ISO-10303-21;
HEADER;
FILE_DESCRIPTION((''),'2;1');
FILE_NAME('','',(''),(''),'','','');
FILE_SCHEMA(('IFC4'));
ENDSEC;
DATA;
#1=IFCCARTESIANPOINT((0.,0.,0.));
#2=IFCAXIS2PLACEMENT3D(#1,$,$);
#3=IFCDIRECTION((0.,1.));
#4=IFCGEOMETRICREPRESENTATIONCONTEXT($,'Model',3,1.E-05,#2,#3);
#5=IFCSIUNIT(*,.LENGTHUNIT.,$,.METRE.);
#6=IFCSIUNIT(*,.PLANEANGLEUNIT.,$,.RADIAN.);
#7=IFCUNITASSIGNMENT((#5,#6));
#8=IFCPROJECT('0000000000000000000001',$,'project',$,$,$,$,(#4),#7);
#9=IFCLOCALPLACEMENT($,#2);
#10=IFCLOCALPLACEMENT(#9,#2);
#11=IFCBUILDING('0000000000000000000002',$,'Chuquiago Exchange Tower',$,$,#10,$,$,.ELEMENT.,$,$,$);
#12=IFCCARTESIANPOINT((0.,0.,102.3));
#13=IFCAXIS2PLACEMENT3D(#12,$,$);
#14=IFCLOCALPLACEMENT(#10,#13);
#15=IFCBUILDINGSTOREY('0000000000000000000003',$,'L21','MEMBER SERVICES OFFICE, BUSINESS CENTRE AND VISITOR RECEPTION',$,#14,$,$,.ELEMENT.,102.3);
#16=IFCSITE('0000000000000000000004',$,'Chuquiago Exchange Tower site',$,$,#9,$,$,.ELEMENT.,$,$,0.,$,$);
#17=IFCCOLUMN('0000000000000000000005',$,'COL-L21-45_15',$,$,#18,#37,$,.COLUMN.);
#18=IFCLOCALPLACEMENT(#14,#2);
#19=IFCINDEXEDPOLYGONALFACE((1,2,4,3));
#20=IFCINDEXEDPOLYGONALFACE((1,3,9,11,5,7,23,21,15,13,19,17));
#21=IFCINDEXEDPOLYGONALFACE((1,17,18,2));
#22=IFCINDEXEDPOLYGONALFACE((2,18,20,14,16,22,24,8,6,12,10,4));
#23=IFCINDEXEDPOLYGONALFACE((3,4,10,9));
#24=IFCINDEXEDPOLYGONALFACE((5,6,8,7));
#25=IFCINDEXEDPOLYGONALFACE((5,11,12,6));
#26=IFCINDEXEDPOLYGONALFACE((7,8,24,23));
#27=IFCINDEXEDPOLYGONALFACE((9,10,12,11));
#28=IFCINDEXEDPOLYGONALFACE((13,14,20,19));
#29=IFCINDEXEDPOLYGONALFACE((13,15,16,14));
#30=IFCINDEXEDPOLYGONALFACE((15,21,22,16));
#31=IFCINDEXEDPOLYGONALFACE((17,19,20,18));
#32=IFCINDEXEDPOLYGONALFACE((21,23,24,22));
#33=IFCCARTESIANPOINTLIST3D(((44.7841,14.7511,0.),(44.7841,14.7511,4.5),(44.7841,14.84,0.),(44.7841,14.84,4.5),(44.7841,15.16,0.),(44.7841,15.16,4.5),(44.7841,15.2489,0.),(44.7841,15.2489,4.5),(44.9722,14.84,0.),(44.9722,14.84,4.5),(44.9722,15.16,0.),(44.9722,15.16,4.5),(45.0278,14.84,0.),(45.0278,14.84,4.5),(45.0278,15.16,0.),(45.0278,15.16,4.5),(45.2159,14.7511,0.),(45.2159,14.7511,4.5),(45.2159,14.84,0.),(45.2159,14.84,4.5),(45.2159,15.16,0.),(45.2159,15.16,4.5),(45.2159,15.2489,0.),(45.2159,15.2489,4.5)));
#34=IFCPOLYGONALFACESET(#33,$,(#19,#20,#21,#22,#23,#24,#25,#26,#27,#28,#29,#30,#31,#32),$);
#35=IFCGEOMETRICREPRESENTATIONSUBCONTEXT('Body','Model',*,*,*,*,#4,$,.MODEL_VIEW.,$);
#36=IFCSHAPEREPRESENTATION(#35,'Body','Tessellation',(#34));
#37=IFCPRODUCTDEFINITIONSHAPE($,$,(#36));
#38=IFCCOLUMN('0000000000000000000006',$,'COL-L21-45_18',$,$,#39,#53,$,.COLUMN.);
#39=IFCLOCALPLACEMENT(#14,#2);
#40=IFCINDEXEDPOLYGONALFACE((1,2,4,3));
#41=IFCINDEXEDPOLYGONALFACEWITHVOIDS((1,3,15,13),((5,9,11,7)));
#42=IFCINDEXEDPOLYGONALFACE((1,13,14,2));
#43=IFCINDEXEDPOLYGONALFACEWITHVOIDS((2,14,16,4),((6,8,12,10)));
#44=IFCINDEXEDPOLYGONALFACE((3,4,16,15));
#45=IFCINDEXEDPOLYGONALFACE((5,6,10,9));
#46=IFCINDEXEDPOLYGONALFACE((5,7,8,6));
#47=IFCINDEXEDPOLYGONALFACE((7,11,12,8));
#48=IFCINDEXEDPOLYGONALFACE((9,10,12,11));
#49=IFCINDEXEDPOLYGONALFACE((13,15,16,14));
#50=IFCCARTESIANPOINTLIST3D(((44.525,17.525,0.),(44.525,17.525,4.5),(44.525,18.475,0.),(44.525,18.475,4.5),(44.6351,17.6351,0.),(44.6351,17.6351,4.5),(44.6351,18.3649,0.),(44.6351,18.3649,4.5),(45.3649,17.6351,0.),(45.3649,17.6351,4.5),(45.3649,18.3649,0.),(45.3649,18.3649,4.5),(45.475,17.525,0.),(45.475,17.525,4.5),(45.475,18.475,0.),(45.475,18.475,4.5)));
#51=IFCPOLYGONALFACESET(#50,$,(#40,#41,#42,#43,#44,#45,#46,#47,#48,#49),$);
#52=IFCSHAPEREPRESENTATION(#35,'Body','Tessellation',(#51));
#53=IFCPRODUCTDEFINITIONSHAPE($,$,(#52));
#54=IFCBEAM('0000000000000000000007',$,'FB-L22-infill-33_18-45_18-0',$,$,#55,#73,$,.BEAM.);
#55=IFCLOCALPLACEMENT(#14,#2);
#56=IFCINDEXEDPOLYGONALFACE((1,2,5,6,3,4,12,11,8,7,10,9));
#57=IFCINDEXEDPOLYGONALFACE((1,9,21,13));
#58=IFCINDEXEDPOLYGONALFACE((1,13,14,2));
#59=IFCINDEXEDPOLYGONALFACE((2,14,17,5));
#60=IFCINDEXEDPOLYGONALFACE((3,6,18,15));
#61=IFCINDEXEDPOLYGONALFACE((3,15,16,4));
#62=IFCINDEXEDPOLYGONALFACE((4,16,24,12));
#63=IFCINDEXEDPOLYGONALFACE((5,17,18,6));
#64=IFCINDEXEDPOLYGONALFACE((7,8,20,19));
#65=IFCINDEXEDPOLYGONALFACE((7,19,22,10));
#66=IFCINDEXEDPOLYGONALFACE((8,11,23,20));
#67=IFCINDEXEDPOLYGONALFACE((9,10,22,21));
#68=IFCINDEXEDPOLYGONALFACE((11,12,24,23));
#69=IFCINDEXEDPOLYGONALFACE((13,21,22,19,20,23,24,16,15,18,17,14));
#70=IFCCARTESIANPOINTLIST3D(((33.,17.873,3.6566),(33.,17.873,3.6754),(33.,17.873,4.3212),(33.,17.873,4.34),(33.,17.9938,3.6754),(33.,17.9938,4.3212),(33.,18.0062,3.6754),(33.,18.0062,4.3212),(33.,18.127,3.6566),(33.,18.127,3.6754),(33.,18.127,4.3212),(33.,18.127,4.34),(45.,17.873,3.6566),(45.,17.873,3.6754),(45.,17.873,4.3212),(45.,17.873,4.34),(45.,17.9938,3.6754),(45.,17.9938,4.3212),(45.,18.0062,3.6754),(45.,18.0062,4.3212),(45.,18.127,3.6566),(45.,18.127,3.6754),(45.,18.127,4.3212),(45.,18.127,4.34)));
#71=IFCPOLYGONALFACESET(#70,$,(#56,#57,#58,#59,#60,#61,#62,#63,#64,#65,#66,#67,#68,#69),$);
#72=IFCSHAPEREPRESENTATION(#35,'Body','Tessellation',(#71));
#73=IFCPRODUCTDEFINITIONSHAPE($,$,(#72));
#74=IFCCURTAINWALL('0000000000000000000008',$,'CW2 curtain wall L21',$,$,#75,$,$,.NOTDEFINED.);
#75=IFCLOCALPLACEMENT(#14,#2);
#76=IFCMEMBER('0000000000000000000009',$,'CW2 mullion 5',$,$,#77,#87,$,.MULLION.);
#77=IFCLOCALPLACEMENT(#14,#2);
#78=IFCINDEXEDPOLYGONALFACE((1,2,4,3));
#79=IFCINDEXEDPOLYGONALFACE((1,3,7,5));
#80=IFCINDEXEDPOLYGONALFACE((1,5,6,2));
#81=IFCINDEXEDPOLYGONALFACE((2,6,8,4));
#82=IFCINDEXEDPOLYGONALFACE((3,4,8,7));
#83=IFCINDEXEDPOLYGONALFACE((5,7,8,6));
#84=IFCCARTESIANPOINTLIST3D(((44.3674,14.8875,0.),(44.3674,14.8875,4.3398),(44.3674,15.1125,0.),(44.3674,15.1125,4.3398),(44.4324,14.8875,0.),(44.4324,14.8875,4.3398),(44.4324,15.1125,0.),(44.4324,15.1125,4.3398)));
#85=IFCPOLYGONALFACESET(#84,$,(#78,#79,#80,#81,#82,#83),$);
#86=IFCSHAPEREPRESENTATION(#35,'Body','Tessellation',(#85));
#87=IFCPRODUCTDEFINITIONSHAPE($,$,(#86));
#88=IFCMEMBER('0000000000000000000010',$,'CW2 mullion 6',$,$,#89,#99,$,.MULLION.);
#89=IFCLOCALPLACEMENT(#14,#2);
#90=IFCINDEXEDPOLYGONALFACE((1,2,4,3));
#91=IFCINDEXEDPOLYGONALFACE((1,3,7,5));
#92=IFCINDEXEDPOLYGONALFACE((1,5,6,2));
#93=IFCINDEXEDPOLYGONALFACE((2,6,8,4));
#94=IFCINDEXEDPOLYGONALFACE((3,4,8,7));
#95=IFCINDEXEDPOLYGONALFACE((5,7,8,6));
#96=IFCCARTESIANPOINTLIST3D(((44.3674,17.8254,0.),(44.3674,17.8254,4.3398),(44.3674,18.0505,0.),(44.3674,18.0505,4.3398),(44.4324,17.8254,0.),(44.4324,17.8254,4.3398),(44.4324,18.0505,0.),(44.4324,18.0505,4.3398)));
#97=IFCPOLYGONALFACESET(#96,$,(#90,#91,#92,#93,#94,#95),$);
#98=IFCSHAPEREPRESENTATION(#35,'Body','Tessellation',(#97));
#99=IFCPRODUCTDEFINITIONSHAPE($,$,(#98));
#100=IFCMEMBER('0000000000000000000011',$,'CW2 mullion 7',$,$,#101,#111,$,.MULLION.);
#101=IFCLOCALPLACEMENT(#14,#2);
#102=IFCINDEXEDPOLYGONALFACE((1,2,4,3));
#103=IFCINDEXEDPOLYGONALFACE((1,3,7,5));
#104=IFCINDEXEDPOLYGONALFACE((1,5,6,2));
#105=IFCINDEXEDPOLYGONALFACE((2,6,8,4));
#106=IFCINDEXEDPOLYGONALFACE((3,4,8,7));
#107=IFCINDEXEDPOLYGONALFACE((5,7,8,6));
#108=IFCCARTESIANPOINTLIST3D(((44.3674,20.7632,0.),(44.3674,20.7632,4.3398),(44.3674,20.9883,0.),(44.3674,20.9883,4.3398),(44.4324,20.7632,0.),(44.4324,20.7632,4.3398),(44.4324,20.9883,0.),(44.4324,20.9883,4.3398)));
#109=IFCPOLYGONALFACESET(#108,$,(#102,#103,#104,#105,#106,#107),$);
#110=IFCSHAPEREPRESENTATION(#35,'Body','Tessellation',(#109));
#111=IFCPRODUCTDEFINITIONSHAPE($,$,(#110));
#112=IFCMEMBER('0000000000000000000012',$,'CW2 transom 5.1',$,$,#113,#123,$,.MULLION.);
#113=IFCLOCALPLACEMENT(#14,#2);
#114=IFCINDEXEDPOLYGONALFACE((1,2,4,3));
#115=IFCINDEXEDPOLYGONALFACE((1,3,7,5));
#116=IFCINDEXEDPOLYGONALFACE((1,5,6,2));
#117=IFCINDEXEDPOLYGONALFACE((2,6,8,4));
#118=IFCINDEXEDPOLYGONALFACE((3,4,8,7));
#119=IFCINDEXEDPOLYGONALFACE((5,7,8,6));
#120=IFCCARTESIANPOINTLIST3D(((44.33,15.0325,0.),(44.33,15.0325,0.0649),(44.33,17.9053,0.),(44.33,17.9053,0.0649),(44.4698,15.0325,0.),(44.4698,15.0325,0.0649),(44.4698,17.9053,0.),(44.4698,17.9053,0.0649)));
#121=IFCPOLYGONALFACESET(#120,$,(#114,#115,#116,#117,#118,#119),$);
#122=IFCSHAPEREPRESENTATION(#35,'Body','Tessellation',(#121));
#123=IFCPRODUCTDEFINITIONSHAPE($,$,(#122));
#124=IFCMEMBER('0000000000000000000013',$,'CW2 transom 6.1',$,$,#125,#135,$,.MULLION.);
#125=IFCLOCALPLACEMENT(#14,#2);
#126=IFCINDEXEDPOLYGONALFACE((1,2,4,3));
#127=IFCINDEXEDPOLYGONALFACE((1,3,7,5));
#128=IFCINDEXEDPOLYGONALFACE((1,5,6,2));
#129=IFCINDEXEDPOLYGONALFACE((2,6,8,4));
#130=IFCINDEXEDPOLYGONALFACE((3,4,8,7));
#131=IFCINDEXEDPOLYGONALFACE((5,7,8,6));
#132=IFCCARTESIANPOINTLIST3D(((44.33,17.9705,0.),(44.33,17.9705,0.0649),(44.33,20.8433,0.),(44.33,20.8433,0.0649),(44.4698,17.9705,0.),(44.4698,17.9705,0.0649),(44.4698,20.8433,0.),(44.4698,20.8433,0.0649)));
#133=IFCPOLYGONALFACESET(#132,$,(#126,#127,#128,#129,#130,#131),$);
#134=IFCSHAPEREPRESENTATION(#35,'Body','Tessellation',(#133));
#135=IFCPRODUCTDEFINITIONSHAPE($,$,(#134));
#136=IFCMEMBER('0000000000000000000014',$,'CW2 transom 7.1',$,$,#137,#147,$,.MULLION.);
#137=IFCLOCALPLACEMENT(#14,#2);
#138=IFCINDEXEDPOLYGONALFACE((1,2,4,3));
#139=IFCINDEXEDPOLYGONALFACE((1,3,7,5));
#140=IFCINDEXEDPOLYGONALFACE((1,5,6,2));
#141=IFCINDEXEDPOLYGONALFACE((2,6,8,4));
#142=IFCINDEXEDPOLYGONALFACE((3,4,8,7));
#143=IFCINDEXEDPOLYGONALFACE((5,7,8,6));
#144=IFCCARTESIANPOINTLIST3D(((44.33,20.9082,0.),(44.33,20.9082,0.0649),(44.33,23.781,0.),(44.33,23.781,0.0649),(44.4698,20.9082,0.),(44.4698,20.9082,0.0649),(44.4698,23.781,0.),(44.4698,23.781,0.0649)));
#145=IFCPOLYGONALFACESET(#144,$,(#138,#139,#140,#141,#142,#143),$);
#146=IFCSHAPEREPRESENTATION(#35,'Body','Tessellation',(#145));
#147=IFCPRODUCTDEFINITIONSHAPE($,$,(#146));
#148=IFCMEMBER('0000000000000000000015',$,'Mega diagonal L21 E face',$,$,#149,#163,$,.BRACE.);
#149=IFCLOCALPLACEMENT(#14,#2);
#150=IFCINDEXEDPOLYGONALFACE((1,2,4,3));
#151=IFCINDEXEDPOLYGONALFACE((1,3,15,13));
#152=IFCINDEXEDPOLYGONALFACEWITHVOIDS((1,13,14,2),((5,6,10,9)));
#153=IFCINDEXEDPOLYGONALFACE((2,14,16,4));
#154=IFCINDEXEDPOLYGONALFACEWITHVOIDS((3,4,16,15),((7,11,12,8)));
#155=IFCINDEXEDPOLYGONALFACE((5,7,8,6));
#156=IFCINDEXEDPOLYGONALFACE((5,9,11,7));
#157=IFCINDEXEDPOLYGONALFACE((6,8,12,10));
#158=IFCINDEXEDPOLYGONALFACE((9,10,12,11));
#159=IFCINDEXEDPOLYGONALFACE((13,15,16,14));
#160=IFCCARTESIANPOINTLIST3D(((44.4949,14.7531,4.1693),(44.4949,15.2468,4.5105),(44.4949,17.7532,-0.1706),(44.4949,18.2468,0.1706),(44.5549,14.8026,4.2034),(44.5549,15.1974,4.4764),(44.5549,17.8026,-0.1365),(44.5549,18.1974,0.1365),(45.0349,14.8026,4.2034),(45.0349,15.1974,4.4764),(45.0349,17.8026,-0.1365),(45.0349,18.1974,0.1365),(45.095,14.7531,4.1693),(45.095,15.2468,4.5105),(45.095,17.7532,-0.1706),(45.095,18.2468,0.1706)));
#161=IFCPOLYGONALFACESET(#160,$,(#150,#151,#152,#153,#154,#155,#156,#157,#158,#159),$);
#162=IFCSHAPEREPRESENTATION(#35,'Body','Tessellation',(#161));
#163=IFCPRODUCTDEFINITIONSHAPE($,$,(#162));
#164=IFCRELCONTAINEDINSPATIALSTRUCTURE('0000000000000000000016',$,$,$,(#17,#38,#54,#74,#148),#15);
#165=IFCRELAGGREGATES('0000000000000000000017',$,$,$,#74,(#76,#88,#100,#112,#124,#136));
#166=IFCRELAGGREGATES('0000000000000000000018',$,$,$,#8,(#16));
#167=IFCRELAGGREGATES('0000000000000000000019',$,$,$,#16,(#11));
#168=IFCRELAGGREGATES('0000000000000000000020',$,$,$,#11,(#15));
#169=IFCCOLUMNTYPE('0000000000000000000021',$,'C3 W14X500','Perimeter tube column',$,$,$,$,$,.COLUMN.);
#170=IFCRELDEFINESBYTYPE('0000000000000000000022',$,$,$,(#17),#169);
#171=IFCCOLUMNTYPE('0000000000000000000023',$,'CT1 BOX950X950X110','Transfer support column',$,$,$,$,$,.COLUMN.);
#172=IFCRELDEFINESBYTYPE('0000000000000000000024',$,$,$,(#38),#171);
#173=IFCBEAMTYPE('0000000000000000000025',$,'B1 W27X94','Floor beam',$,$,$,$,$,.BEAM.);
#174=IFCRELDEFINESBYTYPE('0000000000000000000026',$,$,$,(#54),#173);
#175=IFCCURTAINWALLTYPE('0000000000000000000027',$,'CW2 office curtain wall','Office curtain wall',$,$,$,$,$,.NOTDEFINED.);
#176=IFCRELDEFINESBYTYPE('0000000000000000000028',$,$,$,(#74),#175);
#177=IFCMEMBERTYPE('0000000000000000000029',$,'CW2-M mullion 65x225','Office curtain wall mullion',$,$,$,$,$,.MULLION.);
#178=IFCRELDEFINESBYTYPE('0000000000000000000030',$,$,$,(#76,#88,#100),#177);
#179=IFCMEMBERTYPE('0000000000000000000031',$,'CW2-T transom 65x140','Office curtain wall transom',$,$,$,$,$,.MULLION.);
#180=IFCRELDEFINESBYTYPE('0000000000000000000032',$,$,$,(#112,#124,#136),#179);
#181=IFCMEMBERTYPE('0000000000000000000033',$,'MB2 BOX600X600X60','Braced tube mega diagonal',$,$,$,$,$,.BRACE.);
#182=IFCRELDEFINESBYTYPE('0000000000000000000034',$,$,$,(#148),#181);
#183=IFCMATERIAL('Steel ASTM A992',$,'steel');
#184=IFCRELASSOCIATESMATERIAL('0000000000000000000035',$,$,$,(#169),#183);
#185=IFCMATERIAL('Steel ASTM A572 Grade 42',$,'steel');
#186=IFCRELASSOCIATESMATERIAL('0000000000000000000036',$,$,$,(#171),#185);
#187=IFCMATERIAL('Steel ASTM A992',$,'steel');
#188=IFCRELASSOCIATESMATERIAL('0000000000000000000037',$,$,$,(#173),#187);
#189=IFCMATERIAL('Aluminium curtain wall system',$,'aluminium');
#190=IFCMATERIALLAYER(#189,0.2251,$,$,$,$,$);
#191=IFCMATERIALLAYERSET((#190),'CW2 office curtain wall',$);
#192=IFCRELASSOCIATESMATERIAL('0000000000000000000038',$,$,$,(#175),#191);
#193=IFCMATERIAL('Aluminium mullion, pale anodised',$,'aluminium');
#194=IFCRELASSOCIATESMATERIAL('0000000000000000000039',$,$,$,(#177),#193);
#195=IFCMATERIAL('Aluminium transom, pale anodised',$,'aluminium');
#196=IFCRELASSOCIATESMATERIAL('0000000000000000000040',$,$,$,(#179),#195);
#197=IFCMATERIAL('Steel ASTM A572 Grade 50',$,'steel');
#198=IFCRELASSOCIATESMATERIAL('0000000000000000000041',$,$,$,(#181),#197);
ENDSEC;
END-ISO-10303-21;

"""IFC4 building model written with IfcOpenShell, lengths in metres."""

from ifc_helpers import new_model, si_unit, direction, frame, origin, origin_2d, place, context, subcontext, project, spatial, rectangle, hollow_rectangle, i_section, extrude, material, layer, layer_set, material_profile, profile_set, type_object, element, aggregate, save


model = new_model("IFC4")

# Units and contexts
model_context = context("Model", 3, precision=1e-05, world=origin(), true_north=direction((0.0, 1.0)))
body_context = subcontext(model_context, "Body", "Model", "MODEL_VIEW")
ifc_project = project(units=[si_unit("LENGTHUNIT", "METRE"), si_unit("PLANEANGLEUNIT", "RADIAN")], contexts=[model_context])

# Site, building, storey
site_placement = place(None, origin())
site = spatial("IfcSite", under=ifc_project, at=site_placement, Name="Chuquiago Exchange Tower site", CompositionType="ELEMENT", RefElevation=0.0)
building_placement = place(site_placement, origin())
building = spatial("IfcBuilding", under=site, at=building_placement, Name="Chuquiago Exchange Tower", CompositionType="ELEMENT")
storey_placement = place(building_placement, frame((0.0, 0.0, 102.3)))
storey = spatial("IfcBuildingStorey", under=building, at=storey_placement, Name="L21", Description="MEMBER SERVICES OFFICE, BUSINESS CENTRE AND VISITOR RECEPTION", CompositionType="ELEMENT", Elevation=102.3)

# Columns
ifc_material_1 = material(Name="Steel ASTM A992", Category="steel")
ifc_material_profile_1 = material_profile(ifc_material_1, i_section(OverallWidth=0.4319, OverallDepth=0.4978, WebThickness=0.0557, FlangeThickness=0.0889, at=origin_2d()), Name="W14X500")
ifc_profile_set_1 = profile_set([ifc_material_profile_1], Name="Steel ASTM A992")
column_type_1 = type_object("IfcColumnType", Name="C3 W14X500", Description="Perimeter tube column", PredefinedType="COLUMN", material=ifc_profile_set_1)
column_1_placement = place(storey_placement, frame((45.0, 15.0, 0.0), z_axis=(0.0, 0.0, 1.0), x_axis=(1.0, 0.0, 0.0)))
element("IfcColumn", 1, at=column_1_placement, inside=storey, type_object=column_type_1, Name="COL-L21-45_15", PredefinedType="COLUMN", context=body_context, shape_type="SweptSolid", body=[
    extrude(i_section(OverallWidth=0.4319, OverallDepth=0.4978, WebThickness=0.0557, FlangeThickness=0.0889, at=origin_2d()), origin(), (0.0, 0.0, 1.0), 4.5),
])
ifc_material_2 = material(Name="Steel ASTM A572 Grade 42", Category="steel")
ifc_material_profile_2 = material_profile(ifc_material_2, hollow_rectangle(XDim=0.95, YDim=0.95, WallThickness=0.1101, at=origin_2d()), Name="BOX950X950X110")
ifc_profile_set_2 = profile_set([ifc_material_profile_2], Name="Steel ASTM A572 Grade 42")
column_type_2 = type_object("IfcColumnType", Name="CT1 BOX950X950X110", Description="Transfer support column", PredefinedType="COLUMN", material=ifc_profile_set_2)
column_2_placement = place(storey_placement, frame((45.0, 18.0, 0.0), z_axis=(0.0, 0.0, 1.0), x_axis=(1.0, 0.0, 0.0)))
element("IfcColumn", 2, at=column_2_placement, inside=storey, type_object=column_type_2, Name="COL-L21-45_18", PredefinedType="COLUMN", context=body_context, shape_type="SweptSolid", body=[
    extrude(hollow_rectangle(XDim=0.95, YDim=0.95, WallThickness=0.1101, at=origin_2d()), origin(), (0.0, 0.0, 1.0), 4.5),
])

# Beam
ifc_material_3 = material(Name="Steel ASTM A992", Category="steel")
ifc_material_profile_3 = material_profile(ifc_material_3, i_section(OverallWidth=0.2539, OverallDepth=0.6833, WebThickness=0.0125, FlangeThickness=0.0188, at=origin_2d()), Name="W27X94")
ifc_profile_set_3 = profile_set([ifc_material_profile_3], Name="Steel ASTM A992")
beam_type_1 = type_object("IfcBeamType", Name="B1 W27X94", Description="Floor beam", PredefinedType="BEAM", material=ifc_profile_set_3)
beam_placement = place(storey_placement, frame((33.0, 18.0, 3.9983), z_axis=(1.0, 0.0, 0.0), x_axis=(0.0, 1.0, 0.0)))
element("IfcBeam", 3, at=beam_placement, inside=storey, type_object=beam_type_1, Name="FB-L22-infill-33_18-45_18-0", PredefinedType="BEAM", context=body_context, shape_type="SweptSolid", body=[
    extrude(i_section(OverallWidth=0.2539, OverallDepth=0.6833, WebThickness=0.0125, FlangeThickness=0.0188, at=origin_2d()), origin(), (0.0, 0.0, 1.0), 12.0),
])

# Curtain wall, members
ifc_material_4 = material(Name="Aluminium curtain wall system", Category="aluminium")
ifc_layer_1 = layer(ifc_material_4, 0.2251)
ifc_layer_set_1 = layer_set([ifc_layer_1], Name="CW2 office curtain wall")
curtain_wall_type = type_object("IfcCurtainWallType", Name="CW2 office curtain wall", Description="Office curtain wall", PredefinedType="NOTDEFINED", material=ifc_layer_set_1)
curtain_wall_placement = place(storey_placement, origin())
curtain_wall = element("IfcCurtainWall", 4, at=curtain_wall_placement, inside=storey, type_object=curtain_wall_type, Name="CW2 curtain wall L21", PredefinedType="NOTDEFINED")
ifc_material_5 = material(Name="Aluminium mullion, pale anodised", Category="aluminium")
ifc_material_profile_4 = material_profile(ifc_material_5, rectangle(XDim=0.0649, YDim=0.2251, at=origin_2d()), Name="AL 65x225")
ifc_profile_set_4 = profile_set([ifc_material_profile_4], Name="Aluminium mullion, pale anodised")
member_type_1 = type_object("IfcMemberType", Name="CW2-M mullion 65x225", Description="Office curtain wall mullion", PredefinedType="MULLION", material=ifc_profile_set_4)
member_1_placement = place(storey_placement, frame((44.3999, 15.0, 0.0), z_axis=(0.0, 0.0, 1.0), x_axis=(-1.0, 0.0, 0.0)))
member_1 = element("IfcMember", 5, at=member_1_placement, type_object=member_type_1, Name="CW2 mullion 5", PredefinedType="MULLION", context=body_context, shape_type="SweptSolid", body=[
    extrude(rectangle(XDim=0.0649, YDim=0.2251, at=origin_2d()), origin(), (0.0, 0.0, 1.0), 4.3398),
])
member_2_placement = place(storey_placement, frame((44.3999, 17.938, 0.0), z_axis=(0.0, 0.0, 1.0), x_axis=(-1.0, 0.0, 0.0)))
member_2 = element("IfcMember", 6, at=member_2_placement, type_object=member_type_1, Name="CW2 mullion 6", PredefinedType="MULLION", context=body_context, shape_type="SweptSolid", body=[
    extrude(rectangle(XDim=0.0649, YDim=0.2251, at=origin_2d()), origin(), (0.0, 0.0, 1.0), 4.3398),
])
member_3_placement = place(storey_placement, frame((44.3999, 20.8757, 0.0), z_axis=(0.0, 0.0, 1.0), x_axis=(-1.0, 0.0, 0.0)))
member_3 = element("IfcMember", 7, at=member_3_placement, type_object=member_type_1, Name="CW2 mullion 7", PredefinedType="MULLION", context=body_context, shape_type="SweptSolid", body=[
    extrude(rectangle(XDim=0.0649, YDim=0.2251, at=origin_2d()), origin(), (0.0, 0.0, 1.0), 4.3398),
])
ifc_material_6 = material(Name="Aluminium transom, pale anodised", Category="aluminium")
ifc_material_profile_5 = material_profile(ifc_material_6, rectangle(XDim=0.1399, YDim=0.0649, at=origin_2d()), Name="AL 140x65")
ifc_profile_set_5 = profile_set([ifc_material_profile_5], Name="Aluminium transom, pale anodised")
member_type_2 = type_object("IfcMemberType", Name="CW2-T transom 65x140", Description="Office curtain wall transom", PredefinedType="MULLION", material=ifc_profile_set_5)
member_4_placement = place(storey_placement, frame((44.3999, 15.0325, 0.0325), z_axis=(0.0, 1.0, 0.0), x_axis=(-1.0, 0.0, 0.0)))
member_4 = element("IfcMember", 8, at=member_4_placement, type_object=member_type_2, Name="CW2 transom 5.1", PredefinedType="MULLION", context=body_context, shape_type="SweptSolid", body=[
    extrude(rectangle(XDim=0.1399, YDim=0.0649, at=origin_2d()), origin(), (0.0, 0.0, 1.0), 2.8728),
])
member_5_placement = place(storey_placement, frame((44.3999, 17.9705, 0.0325), z_axis=(0.0, 1.0, 0.0), x_axis=(-1.0, 0.0, 0.0)))
member_5 = element("IfcMember", 9, at=member_5_placement, type_object=member_type_2, Name="CW2 transom 6.1", PredefinedType="MULLION", context=body_context, shape_type="SweptSolid", body=[
    extrude(rectangle(XDim=0.1399, YDim=0.0649, at=origin_2d()), origin(), (0.0, 0.0, 1.0), 2.8728),
])
member_6_placement = place(storey_placement, frame((44.3999, 20.9082, 0.0325), z_axis=(0.0, 1.0, 0.0), x_axis=(-1.0, 0.0, 0.0)))
member_6 = element("IfcMember", 10, at=member_6_placement, type_object=member_type_2, Name="CW2 transom 7.1", PredefinedType="MULLION", context=body_context, shape_type="SweptSolid", body=[
    extrude(rectangle(XDim=0.1399, YDim=0.0649, at=origin_2d()), origin(), (0.0, 0.0, 1.0), 2.8728),
])

# Member
ifc_material_7 = material(Name="Steel ASTM A572 Grade 50", Category="steel")
ifc_material_profile_6 = material_profile(ifc_material_7, hollow_rectangle(XDim=0.6001, YDim=0.6001, WallThickness=0.0601, at=origin_2d()), Name="BOX600X600X60")
ifc_profile_set_6 = profile_set([ifc_material_profile_6], Name="Steel ASTM A572 Grade 50")
member_type_3 = type_object("IfcMemberType", Name="MB2 BOX600X600X60", Description="Braced tube mega diagonal", PredefinedType="BRACE", material=ifc_profile_set_6)
member_7_placement = place(storey_placement, frame((44.7949, 18.0, 0.0), z_axis=(0.0, -0.568632, 0.822592), x_axis=(1.0, 0.0, 0.0)))
element("IfcMember", 11, at=member_7_placement, inside=storey, type_object=member_type_3, Name="Mega diagonal L21 E face", PredefinedType="BRACE", context=body_context, shape_type="SweptSolid", body=[
    extrude(hollow_rectangle(XDim=0.6001, YDim=0.6001, WallThickness=0.0601, at=origin_2d()), origin(), (0.0, 0.0, 1.0), 5.2759),
])

aggregate(curtain_wall, [member_1, member_2, member_3, member_4, member_5, member_6])

save(model, "model.ifc")
